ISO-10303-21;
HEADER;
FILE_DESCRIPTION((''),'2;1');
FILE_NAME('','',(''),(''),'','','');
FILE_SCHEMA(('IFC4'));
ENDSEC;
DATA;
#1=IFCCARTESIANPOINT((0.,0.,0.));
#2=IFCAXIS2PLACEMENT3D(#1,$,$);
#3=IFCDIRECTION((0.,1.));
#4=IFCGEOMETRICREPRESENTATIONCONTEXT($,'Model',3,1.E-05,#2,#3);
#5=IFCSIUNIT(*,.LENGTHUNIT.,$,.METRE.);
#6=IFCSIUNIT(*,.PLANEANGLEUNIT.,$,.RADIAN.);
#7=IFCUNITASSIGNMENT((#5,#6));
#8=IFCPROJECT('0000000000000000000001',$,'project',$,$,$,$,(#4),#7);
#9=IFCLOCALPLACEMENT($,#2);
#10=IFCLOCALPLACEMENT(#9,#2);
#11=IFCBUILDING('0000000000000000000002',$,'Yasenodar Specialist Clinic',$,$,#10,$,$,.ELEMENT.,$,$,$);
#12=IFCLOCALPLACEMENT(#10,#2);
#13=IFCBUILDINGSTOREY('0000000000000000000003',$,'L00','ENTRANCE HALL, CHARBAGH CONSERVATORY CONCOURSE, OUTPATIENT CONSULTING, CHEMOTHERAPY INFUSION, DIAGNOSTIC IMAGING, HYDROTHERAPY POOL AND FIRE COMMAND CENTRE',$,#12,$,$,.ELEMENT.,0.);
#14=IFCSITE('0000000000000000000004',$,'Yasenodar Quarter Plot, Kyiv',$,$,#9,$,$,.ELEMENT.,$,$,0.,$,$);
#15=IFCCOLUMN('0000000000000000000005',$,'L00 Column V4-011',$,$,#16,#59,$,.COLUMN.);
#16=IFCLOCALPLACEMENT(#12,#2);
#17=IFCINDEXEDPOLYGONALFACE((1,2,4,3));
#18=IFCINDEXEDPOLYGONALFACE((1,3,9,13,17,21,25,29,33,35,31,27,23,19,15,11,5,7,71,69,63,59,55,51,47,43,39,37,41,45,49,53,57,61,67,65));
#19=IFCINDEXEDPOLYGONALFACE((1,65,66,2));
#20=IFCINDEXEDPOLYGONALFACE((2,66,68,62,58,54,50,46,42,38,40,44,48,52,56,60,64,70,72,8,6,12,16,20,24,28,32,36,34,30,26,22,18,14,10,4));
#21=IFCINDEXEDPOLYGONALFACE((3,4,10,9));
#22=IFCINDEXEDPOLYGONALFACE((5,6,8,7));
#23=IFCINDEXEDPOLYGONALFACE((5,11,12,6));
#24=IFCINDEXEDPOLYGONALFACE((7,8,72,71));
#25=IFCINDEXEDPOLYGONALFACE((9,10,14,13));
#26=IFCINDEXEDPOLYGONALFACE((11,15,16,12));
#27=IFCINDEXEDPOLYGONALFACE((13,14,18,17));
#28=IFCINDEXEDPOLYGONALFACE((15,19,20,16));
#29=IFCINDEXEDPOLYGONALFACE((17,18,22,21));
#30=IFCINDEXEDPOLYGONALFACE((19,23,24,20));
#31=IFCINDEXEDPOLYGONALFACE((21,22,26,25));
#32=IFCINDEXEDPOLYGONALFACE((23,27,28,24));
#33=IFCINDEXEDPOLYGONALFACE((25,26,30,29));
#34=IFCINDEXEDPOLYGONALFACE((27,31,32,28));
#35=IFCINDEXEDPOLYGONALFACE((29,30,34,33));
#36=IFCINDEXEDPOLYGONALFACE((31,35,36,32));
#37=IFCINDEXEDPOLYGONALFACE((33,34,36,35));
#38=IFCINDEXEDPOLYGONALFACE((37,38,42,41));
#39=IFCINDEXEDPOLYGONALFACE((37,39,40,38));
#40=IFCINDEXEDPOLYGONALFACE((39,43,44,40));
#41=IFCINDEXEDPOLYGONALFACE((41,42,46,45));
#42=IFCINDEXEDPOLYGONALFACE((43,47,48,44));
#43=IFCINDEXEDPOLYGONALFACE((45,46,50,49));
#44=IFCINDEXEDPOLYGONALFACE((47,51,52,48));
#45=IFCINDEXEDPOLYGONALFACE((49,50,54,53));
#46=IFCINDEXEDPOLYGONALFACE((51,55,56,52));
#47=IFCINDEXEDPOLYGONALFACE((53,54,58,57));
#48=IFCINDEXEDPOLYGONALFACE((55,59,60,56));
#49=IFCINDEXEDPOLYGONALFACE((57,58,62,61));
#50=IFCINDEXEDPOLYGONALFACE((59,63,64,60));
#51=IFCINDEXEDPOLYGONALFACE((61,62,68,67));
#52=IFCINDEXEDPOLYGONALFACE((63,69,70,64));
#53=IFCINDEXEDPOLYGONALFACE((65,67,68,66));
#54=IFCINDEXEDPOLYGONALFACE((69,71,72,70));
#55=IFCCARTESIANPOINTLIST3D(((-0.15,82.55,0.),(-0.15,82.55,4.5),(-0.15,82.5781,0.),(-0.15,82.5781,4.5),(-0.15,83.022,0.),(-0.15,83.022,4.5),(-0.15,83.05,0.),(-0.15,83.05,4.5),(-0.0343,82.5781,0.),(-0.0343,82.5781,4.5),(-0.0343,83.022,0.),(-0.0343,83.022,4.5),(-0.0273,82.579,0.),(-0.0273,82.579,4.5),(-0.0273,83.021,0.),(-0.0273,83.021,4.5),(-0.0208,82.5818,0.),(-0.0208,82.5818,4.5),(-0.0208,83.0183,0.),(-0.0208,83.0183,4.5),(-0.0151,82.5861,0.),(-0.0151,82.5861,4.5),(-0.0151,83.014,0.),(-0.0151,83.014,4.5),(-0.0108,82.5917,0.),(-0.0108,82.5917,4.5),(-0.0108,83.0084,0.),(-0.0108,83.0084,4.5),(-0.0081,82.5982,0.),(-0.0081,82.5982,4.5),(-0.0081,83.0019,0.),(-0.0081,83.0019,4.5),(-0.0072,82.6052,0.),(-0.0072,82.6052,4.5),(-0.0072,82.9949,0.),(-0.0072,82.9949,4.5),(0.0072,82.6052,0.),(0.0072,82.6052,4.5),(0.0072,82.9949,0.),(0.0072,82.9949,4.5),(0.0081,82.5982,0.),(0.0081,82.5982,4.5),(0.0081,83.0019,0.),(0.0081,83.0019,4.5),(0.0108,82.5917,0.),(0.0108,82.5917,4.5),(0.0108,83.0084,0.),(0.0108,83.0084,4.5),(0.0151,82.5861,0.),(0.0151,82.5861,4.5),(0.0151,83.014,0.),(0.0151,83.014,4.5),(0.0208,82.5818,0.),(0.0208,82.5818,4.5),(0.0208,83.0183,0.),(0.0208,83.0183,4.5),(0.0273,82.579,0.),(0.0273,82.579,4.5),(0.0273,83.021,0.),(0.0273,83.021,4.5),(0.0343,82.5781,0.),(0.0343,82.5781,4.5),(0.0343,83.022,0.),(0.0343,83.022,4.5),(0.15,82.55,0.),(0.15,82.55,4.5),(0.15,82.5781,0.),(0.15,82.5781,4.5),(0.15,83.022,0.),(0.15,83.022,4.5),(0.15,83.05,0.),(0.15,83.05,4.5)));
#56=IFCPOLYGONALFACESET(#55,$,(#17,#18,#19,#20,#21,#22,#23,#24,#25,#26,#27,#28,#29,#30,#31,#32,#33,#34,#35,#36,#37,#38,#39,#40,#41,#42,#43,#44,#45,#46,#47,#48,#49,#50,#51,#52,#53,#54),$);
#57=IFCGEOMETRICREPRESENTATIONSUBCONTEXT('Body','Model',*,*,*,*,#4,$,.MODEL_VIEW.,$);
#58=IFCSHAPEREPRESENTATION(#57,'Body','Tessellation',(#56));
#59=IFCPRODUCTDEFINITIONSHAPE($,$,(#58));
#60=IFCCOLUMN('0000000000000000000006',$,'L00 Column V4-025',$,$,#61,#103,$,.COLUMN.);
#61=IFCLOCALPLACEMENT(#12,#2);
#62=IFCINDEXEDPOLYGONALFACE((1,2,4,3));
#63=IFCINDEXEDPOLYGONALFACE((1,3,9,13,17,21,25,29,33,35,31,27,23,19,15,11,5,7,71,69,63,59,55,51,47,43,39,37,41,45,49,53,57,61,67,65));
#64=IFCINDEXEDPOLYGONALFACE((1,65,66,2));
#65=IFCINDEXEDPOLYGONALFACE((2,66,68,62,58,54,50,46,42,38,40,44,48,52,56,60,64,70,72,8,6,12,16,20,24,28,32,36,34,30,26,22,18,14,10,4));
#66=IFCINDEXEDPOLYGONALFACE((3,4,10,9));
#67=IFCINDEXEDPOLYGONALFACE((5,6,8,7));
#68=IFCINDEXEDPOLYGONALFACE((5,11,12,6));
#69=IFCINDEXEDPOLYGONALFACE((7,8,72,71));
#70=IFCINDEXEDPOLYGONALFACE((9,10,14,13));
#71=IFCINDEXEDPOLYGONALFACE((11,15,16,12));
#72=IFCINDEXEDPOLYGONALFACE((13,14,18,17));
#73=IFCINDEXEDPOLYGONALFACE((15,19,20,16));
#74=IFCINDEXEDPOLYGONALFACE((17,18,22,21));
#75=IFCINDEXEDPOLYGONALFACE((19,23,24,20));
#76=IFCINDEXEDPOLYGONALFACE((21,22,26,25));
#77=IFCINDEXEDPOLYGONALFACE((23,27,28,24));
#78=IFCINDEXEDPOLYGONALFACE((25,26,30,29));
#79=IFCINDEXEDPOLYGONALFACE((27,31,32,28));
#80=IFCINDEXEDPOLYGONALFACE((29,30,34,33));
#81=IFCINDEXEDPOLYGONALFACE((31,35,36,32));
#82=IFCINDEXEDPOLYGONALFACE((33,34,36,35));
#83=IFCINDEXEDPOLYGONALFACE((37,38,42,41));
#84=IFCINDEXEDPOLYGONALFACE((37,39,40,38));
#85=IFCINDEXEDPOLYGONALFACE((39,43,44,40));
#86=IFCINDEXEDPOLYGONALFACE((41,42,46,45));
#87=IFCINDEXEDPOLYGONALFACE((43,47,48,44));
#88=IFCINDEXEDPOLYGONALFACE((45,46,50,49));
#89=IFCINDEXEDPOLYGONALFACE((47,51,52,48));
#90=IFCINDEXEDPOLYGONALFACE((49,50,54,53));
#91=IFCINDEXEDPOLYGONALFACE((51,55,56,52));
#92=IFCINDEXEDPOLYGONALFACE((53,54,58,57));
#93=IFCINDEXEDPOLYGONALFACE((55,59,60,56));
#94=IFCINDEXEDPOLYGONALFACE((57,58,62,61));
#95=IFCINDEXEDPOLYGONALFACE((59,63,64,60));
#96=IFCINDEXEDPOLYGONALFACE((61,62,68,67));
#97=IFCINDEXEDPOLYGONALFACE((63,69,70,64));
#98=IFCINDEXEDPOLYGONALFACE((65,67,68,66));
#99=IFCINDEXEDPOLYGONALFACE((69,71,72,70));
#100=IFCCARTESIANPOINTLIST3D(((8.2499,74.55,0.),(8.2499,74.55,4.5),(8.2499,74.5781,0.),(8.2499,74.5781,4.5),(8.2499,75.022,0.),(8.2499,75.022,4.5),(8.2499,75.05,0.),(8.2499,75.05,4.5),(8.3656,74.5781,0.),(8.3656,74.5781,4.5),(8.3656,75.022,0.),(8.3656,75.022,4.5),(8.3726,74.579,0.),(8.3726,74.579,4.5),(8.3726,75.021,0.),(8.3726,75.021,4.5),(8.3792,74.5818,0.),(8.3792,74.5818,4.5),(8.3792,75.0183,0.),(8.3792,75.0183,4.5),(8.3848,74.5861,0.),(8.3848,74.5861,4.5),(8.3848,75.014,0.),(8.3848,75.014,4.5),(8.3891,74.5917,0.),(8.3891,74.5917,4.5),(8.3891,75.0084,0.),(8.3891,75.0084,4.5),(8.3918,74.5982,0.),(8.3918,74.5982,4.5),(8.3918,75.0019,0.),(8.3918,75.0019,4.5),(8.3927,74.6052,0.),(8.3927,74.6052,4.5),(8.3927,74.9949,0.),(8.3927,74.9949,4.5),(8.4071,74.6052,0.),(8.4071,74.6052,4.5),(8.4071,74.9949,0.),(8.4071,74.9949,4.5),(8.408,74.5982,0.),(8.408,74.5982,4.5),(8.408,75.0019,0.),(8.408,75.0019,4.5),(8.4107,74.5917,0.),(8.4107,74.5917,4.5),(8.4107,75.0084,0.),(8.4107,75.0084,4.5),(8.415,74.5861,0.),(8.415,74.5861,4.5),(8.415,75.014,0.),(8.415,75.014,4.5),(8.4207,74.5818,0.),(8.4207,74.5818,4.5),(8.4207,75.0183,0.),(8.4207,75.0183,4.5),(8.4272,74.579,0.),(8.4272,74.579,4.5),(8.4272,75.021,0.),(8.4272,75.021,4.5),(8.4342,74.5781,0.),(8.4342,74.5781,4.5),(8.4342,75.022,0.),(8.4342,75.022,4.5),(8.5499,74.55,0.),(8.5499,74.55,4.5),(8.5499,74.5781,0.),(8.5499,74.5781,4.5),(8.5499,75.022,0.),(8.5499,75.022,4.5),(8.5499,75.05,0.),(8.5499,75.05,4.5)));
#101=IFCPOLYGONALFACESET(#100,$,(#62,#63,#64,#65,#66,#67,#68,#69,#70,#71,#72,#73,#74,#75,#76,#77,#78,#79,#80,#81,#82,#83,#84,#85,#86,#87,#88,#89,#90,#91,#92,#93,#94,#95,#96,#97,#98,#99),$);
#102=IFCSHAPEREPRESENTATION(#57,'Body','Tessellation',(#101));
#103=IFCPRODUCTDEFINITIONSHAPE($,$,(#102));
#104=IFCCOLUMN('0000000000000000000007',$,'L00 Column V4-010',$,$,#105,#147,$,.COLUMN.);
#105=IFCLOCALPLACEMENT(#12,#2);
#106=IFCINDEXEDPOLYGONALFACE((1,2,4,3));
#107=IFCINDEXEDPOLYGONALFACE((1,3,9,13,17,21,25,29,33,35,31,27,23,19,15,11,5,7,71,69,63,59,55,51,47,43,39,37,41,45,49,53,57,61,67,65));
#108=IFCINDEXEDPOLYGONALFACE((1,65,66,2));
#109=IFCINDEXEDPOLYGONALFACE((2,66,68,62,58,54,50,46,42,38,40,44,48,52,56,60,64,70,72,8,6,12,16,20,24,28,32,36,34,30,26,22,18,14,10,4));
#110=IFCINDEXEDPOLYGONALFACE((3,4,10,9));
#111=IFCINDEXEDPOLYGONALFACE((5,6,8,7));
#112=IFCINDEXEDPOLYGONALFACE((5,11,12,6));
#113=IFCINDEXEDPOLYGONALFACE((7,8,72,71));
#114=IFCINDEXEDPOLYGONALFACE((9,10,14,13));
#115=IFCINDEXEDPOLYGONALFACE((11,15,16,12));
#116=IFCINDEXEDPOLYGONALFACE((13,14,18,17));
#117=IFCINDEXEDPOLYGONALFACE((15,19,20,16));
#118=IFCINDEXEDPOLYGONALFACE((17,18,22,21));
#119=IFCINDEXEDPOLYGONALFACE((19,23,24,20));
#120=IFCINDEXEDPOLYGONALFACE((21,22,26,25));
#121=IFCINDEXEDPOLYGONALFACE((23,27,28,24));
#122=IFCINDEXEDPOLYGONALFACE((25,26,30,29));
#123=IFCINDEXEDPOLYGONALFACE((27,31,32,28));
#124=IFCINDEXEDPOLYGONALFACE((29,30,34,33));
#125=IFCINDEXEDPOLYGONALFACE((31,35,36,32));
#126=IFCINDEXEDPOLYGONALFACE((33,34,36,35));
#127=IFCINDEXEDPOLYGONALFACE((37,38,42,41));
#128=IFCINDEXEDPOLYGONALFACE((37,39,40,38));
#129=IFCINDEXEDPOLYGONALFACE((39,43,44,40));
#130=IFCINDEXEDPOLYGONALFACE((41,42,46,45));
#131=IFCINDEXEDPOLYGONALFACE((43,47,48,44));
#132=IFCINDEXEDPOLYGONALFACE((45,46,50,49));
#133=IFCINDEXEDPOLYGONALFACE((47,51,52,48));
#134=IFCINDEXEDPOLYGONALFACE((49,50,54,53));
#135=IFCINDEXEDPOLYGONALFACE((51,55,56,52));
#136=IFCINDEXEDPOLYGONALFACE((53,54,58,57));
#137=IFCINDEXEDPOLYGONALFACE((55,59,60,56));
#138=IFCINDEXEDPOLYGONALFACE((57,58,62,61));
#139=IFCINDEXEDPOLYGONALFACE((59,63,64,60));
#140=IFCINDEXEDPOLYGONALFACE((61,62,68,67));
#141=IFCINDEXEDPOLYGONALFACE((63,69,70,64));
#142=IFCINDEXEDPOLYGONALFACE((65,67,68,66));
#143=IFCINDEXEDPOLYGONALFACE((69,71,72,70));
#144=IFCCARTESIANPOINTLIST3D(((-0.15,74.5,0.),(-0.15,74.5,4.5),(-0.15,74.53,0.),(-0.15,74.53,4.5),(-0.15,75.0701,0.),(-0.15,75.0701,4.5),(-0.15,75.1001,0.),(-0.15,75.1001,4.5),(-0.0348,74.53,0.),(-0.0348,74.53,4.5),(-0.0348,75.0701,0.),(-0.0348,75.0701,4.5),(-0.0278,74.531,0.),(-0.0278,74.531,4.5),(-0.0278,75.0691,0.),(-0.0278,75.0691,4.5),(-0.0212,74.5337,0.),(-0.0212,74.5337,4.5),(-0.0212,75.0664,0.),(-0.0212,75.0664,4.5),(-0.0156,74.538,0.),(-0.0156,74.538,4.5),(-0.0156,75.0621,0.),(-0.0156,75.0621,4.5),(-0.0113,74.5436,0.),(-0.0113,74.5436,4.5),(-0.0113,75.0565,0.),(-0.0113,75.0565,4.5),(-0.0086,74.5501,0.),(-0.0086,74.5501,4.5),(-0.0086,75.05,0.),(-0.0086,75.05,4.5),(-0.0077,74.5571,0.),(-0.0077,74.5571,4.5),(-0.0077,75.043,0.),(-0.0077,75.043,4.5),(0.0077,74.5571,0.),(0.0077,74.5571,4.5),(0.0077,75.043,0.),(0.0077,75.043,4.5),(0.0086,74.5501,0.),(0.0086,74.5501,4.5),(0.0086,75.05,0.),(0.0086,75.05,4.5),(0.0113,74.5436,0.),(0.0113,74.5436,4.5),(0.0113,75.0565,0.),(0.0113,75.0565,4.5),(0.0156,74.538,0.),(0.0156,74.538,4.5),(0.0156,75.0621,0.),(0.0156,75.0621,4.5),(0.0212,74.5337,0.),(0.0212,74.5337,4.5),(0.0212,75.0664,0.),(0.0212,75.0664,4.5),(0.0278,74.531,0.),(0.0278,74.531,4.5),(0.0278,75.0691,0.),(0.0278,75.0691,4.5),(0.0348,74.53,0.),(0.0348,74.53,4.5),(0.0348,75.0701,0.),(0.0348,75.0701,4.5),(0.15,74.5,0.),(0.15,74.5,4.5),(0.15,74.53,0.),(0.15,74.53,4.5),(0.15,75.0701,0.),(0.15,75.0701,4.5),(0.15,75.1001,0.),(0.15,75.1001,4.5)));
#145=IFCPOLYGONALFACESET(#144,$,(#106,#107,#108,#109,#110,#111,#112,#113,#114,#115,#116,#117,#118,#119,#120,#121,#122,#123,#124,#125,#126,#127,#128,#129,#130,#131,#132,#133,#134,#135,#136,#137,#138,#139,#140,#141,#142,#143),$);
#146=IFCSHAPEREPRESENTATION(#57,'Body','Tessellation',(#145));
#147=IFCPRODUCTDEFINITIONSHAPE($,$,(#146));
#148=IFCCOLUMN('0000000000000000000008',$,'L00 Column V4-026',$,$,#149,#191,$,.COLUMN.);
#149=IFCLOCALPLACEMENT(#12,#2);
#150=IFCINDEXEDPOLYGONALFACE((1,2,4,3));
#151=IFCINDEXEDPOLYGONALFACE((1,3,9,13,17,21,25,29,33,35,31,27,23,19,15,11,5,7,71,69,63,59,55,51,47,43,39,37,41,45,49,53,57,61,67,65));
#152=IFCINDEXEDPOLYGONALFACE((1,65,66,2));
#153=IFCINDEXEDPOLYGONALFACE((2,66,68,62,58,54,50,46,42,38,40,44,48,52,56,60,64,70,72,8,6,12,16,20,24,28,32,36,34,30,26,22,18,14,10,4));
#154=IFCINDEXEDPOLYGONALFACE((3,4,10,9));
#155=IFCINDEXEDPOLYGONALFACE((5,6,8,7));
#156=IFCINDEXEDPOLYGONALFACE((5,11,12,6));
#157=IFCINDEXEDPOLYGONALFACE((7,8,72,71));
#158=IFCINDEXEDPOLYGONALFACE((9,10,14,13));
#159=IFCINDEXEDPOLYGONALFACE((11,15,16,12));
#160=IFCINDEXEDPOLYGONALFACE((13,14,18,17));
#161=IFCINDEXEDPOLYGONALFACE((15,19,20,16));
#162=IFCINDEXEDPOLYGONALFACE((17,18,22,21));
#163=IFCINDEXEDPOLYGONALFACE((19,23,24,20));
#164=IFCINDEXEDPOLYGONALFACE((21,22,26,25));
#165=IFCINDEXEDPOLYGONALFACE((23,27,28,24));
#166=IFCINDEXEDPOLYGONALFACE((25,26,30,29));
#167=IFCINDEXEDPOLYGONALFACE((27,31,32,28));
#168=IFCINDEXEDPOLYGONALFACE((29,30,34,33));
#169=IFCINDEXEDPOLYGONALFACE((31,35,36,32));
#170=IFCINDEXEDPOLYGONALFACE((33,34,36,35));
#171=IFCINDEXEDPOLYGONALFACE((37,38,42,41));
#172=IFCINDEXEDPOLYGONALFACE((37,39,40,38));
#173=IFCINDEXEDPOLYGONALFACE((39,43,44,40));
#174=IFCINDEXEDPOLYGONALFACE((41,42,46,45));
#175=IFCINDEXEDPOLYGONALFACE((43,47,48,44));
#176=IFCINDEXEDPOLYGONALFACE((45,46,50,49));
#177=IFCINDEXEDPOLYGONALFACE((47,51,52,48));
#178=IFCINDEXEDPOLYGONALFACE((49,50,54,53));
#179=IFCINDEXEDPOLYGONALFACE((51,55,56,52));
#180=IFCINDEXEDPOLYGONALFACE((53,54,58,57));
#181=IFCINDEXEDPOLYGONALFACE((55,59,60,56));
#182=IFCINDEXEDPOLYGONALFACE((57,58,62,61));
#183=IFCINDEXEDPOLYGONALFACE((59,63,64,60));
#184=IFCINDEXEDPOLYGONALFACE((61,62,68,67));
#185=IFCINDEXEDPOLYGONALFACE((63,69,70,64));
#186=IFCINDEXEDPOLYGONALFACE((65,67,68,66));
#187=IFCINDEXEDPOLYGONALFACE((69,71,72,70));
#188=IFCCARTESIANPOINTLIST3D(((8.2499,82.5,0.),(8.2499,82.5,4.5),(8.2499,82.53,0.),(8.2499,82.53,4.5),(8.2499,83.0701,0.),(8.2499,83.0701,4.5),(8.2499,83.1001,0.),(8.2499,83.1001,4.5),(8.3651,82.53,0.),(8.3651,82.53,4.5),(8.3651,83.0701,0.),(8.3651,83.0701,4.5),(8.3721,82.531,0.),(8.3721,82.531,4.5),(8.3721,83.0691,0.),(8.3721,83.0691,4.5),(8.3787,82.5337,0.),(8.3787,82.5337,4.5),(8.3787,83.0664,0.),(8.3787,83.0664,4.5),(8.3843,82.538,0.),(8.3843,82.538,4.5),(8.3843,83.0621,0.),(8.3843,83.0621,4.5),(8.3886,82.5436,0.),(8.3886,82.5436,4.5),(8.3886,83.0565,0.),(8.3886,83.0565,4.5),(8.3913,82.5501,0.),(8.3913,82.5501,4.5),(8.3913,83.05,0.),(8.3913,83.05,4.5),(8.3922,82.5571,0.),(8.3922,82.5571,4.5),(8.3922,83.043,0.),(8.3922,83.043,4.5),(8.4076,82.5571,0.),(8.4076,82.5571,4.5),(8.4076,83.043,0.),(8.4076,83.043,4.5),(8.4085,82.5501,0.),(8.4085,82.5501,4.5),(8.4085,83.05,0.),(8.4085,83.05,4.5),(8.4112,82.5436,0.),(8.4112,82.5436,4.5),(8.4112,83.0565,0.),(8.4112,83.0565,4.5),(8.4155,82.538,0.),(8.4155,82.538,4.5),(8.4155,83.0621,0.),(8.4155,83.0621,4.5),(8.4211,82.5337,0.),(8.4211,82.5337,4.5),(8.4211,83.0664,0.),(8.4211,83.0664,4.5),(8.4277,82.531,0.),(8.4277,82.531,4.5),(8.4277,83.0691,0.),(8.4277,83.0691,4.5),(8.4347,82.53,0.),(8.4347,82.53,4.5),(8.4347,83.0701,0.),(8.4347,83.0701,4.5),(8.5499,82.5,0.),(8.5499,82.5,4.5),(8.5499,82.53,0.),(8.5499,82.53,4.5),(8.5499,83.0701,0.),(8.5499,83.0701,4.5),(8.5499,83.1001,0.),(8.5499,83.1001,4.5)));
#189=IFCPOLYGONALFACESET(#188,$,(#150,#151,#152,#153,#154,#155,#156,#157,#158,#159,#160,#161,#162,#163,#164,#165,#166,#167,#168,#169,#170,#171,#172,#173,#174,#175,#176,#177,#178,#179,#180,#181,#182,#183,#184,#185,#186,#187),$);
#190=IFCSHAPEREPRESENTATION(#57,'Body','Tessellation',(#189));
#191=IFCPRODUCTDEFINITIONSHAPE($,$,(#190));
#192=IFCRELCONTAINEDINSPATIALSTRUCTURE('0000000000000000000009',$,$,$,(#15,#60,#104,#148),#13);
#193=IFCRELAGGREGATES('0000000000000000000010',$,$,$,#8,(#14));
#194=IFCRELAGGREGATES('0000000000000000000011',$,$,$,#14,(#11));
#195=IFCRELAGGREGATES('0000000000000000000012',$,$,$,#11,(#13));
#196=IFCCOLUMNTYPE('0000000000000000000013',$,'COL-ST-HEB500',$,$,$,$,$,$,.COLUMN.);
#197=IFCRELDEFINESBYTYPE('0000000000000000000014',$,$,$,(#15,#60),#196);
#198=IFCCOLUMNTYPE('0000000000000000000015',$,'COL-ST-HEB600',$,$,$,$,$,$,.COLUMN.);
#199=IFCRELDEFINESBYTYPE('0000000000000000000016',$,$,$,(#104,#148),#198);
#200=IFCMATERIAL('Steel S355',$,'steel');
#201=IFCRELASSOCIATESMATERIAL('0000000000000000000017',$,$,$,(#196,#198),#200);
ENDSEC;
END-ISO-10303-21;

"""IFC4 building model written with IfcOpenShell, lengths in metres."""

from ifc_helpers import new_model, si_unit, direction, frame, origin, origin_2d, place, context, subcontext, project, spatial, i_section, extrude, material, material_profile, profile_set, type_object, element, save


model = new_model("IFC4")

# Units and contexts
model_context = context("Model", 3, precision=1e-05, world=origin(), true_north=direction((0.0, 1.0)))
body_context = subcontext(model_context, "Body", "Model", "MODEL_VIEW")
ifc_project = project(units=[si_unit("LENGTHUNIT", "METRE"), si_unit("PLANEANGLEUNIT", "RADIAN")], contexts=[model_context])

# Site, building, storey
site_placement = place(None, origin())
site = spatial("IfcSite", under=ifc_project, at=site_placement, Name="Yasenodar Quarter Plot, Kyiv", CompositionType="ELEMENT", RefElevation=0.0)
building_placement = place(site_placement, origin())
building = spatial("IfcBuilding", under=site, at=building_placement, Name="Yasenodar Specialist Clinic", CompositionType="ELEMENT")
storey_placement = place(building_placement, origin())
storey = spatial("IfcBuildingStorey", under=building, at=storey_placement, Name="L00", Description="ENTRANCE HALL, CHARBAGH CONSERVATORY CONCOURSE, OUTPATIENT CONSULTING, CHEMOTHERAPY INFUSION, DIAGNOSTIC IMAGING, HYDROTHERAPY POOL AND FIRE COMMAND CENTRE", CompositionType="ELEMENT", Elevation=0.0)

# Columns
ifc_material_1 = material(Name="Steel S355", Category="steel")
ifc_material_profile_1 = material_profile(ifc_material_1, i_section(OverallWidth=0.3, OverallDepth=0.5, WebThickness=0.0144, FlangeThickness=0.0281, FilletRadius=0.0271, at=origin_2d()), Name="HEB 500")
ifc_profile_set_1 = profile_set([ifc_material_profile_1], Name="Steel S355")
column_type_1 = type_object("IfcColumnType", Name="COL-ST-HEB500", PredefinedType="COLUMN", material=ifc_profile_set_1)
for number, where, z_axis, x_axis, name in (
    (1, (0.0, 82.8, 0.0), (0.0, 0.0, 1.0), (1.0, 0.0, 0.0), "L00 Column V4-011"),
    (2, (8.3999, 74.8, 0.0), (0.0, 0.0, 1.0), (1.0, 0.0, 0.0), "L00 Column V4-025"),
):
    element("IfcColumn", number, at=place(storey_placement, frame(where, z_axis=z_axis, x_axis=x_axis)), inside=storey, type_object=column_type_1, Name=name, PredefinedType="COLUMN", context=body_context, shape_type="SweptSolid", body=[
        extrude(i_section(OverallWidth=0.3, OverallDepth=0.5, WebThickness=0.0144, FlangeThickness=0.0281, FilletRadius=0.0271, at=origin_2d()), origin(), (0.0, 0.0, 1.0), 4.5),
    ])
ifc_material_profile_2 = material_profile(ifc_material_1, i_section(OverallWidth=0.3, OverallDepth=0.6001, WebThickness=0.0154, FlangeThickness=0.03, FilletRadius=0.0271, at=origin_2d()), Name="HEB 600")
ifc_profile_set_2 = profile_set([ifc_material_profile_2], Name="Steel S355")
column_type_2 = type_object("IfcColumnType", Name="COL-ST-HEB600", PredefinedType="COLUMN", material=ifc_profile_set_2)
for number, where, z_axis, x_axis, name in (
    (3, (0.0, 74.8, 0.0), (0.0, 0.0, 1.0), (1.0, 0.0, 0.0), "L00 Column V4-010"),
    (4, (8.3999, 82.8, 0.0), (0.0, 0.0, 1.0), (1.0, 0.0, 0.0), "L00 Column V4-026"),
):
    element("IfcColumn", number, at=place(storey_placement, frame(where, z_axis=z_axis, x_axis=x_axis)), inside=storey, type_object=column_type_2, Name=name, PredefinedType="COLUMN", context=body_context, shape_type="SweptSolid", body=[
        extrude(i_section(OverallWidth=0.3, OverallDepth=0.6001, WebThickness=0.0154, FlangeThickness=0.03, FilletRadius=0.0271, at=origin_2d()), origin(), (0.0, 0.0, 1.0), 4.5),
    ])

save(model, "model.ifc")
